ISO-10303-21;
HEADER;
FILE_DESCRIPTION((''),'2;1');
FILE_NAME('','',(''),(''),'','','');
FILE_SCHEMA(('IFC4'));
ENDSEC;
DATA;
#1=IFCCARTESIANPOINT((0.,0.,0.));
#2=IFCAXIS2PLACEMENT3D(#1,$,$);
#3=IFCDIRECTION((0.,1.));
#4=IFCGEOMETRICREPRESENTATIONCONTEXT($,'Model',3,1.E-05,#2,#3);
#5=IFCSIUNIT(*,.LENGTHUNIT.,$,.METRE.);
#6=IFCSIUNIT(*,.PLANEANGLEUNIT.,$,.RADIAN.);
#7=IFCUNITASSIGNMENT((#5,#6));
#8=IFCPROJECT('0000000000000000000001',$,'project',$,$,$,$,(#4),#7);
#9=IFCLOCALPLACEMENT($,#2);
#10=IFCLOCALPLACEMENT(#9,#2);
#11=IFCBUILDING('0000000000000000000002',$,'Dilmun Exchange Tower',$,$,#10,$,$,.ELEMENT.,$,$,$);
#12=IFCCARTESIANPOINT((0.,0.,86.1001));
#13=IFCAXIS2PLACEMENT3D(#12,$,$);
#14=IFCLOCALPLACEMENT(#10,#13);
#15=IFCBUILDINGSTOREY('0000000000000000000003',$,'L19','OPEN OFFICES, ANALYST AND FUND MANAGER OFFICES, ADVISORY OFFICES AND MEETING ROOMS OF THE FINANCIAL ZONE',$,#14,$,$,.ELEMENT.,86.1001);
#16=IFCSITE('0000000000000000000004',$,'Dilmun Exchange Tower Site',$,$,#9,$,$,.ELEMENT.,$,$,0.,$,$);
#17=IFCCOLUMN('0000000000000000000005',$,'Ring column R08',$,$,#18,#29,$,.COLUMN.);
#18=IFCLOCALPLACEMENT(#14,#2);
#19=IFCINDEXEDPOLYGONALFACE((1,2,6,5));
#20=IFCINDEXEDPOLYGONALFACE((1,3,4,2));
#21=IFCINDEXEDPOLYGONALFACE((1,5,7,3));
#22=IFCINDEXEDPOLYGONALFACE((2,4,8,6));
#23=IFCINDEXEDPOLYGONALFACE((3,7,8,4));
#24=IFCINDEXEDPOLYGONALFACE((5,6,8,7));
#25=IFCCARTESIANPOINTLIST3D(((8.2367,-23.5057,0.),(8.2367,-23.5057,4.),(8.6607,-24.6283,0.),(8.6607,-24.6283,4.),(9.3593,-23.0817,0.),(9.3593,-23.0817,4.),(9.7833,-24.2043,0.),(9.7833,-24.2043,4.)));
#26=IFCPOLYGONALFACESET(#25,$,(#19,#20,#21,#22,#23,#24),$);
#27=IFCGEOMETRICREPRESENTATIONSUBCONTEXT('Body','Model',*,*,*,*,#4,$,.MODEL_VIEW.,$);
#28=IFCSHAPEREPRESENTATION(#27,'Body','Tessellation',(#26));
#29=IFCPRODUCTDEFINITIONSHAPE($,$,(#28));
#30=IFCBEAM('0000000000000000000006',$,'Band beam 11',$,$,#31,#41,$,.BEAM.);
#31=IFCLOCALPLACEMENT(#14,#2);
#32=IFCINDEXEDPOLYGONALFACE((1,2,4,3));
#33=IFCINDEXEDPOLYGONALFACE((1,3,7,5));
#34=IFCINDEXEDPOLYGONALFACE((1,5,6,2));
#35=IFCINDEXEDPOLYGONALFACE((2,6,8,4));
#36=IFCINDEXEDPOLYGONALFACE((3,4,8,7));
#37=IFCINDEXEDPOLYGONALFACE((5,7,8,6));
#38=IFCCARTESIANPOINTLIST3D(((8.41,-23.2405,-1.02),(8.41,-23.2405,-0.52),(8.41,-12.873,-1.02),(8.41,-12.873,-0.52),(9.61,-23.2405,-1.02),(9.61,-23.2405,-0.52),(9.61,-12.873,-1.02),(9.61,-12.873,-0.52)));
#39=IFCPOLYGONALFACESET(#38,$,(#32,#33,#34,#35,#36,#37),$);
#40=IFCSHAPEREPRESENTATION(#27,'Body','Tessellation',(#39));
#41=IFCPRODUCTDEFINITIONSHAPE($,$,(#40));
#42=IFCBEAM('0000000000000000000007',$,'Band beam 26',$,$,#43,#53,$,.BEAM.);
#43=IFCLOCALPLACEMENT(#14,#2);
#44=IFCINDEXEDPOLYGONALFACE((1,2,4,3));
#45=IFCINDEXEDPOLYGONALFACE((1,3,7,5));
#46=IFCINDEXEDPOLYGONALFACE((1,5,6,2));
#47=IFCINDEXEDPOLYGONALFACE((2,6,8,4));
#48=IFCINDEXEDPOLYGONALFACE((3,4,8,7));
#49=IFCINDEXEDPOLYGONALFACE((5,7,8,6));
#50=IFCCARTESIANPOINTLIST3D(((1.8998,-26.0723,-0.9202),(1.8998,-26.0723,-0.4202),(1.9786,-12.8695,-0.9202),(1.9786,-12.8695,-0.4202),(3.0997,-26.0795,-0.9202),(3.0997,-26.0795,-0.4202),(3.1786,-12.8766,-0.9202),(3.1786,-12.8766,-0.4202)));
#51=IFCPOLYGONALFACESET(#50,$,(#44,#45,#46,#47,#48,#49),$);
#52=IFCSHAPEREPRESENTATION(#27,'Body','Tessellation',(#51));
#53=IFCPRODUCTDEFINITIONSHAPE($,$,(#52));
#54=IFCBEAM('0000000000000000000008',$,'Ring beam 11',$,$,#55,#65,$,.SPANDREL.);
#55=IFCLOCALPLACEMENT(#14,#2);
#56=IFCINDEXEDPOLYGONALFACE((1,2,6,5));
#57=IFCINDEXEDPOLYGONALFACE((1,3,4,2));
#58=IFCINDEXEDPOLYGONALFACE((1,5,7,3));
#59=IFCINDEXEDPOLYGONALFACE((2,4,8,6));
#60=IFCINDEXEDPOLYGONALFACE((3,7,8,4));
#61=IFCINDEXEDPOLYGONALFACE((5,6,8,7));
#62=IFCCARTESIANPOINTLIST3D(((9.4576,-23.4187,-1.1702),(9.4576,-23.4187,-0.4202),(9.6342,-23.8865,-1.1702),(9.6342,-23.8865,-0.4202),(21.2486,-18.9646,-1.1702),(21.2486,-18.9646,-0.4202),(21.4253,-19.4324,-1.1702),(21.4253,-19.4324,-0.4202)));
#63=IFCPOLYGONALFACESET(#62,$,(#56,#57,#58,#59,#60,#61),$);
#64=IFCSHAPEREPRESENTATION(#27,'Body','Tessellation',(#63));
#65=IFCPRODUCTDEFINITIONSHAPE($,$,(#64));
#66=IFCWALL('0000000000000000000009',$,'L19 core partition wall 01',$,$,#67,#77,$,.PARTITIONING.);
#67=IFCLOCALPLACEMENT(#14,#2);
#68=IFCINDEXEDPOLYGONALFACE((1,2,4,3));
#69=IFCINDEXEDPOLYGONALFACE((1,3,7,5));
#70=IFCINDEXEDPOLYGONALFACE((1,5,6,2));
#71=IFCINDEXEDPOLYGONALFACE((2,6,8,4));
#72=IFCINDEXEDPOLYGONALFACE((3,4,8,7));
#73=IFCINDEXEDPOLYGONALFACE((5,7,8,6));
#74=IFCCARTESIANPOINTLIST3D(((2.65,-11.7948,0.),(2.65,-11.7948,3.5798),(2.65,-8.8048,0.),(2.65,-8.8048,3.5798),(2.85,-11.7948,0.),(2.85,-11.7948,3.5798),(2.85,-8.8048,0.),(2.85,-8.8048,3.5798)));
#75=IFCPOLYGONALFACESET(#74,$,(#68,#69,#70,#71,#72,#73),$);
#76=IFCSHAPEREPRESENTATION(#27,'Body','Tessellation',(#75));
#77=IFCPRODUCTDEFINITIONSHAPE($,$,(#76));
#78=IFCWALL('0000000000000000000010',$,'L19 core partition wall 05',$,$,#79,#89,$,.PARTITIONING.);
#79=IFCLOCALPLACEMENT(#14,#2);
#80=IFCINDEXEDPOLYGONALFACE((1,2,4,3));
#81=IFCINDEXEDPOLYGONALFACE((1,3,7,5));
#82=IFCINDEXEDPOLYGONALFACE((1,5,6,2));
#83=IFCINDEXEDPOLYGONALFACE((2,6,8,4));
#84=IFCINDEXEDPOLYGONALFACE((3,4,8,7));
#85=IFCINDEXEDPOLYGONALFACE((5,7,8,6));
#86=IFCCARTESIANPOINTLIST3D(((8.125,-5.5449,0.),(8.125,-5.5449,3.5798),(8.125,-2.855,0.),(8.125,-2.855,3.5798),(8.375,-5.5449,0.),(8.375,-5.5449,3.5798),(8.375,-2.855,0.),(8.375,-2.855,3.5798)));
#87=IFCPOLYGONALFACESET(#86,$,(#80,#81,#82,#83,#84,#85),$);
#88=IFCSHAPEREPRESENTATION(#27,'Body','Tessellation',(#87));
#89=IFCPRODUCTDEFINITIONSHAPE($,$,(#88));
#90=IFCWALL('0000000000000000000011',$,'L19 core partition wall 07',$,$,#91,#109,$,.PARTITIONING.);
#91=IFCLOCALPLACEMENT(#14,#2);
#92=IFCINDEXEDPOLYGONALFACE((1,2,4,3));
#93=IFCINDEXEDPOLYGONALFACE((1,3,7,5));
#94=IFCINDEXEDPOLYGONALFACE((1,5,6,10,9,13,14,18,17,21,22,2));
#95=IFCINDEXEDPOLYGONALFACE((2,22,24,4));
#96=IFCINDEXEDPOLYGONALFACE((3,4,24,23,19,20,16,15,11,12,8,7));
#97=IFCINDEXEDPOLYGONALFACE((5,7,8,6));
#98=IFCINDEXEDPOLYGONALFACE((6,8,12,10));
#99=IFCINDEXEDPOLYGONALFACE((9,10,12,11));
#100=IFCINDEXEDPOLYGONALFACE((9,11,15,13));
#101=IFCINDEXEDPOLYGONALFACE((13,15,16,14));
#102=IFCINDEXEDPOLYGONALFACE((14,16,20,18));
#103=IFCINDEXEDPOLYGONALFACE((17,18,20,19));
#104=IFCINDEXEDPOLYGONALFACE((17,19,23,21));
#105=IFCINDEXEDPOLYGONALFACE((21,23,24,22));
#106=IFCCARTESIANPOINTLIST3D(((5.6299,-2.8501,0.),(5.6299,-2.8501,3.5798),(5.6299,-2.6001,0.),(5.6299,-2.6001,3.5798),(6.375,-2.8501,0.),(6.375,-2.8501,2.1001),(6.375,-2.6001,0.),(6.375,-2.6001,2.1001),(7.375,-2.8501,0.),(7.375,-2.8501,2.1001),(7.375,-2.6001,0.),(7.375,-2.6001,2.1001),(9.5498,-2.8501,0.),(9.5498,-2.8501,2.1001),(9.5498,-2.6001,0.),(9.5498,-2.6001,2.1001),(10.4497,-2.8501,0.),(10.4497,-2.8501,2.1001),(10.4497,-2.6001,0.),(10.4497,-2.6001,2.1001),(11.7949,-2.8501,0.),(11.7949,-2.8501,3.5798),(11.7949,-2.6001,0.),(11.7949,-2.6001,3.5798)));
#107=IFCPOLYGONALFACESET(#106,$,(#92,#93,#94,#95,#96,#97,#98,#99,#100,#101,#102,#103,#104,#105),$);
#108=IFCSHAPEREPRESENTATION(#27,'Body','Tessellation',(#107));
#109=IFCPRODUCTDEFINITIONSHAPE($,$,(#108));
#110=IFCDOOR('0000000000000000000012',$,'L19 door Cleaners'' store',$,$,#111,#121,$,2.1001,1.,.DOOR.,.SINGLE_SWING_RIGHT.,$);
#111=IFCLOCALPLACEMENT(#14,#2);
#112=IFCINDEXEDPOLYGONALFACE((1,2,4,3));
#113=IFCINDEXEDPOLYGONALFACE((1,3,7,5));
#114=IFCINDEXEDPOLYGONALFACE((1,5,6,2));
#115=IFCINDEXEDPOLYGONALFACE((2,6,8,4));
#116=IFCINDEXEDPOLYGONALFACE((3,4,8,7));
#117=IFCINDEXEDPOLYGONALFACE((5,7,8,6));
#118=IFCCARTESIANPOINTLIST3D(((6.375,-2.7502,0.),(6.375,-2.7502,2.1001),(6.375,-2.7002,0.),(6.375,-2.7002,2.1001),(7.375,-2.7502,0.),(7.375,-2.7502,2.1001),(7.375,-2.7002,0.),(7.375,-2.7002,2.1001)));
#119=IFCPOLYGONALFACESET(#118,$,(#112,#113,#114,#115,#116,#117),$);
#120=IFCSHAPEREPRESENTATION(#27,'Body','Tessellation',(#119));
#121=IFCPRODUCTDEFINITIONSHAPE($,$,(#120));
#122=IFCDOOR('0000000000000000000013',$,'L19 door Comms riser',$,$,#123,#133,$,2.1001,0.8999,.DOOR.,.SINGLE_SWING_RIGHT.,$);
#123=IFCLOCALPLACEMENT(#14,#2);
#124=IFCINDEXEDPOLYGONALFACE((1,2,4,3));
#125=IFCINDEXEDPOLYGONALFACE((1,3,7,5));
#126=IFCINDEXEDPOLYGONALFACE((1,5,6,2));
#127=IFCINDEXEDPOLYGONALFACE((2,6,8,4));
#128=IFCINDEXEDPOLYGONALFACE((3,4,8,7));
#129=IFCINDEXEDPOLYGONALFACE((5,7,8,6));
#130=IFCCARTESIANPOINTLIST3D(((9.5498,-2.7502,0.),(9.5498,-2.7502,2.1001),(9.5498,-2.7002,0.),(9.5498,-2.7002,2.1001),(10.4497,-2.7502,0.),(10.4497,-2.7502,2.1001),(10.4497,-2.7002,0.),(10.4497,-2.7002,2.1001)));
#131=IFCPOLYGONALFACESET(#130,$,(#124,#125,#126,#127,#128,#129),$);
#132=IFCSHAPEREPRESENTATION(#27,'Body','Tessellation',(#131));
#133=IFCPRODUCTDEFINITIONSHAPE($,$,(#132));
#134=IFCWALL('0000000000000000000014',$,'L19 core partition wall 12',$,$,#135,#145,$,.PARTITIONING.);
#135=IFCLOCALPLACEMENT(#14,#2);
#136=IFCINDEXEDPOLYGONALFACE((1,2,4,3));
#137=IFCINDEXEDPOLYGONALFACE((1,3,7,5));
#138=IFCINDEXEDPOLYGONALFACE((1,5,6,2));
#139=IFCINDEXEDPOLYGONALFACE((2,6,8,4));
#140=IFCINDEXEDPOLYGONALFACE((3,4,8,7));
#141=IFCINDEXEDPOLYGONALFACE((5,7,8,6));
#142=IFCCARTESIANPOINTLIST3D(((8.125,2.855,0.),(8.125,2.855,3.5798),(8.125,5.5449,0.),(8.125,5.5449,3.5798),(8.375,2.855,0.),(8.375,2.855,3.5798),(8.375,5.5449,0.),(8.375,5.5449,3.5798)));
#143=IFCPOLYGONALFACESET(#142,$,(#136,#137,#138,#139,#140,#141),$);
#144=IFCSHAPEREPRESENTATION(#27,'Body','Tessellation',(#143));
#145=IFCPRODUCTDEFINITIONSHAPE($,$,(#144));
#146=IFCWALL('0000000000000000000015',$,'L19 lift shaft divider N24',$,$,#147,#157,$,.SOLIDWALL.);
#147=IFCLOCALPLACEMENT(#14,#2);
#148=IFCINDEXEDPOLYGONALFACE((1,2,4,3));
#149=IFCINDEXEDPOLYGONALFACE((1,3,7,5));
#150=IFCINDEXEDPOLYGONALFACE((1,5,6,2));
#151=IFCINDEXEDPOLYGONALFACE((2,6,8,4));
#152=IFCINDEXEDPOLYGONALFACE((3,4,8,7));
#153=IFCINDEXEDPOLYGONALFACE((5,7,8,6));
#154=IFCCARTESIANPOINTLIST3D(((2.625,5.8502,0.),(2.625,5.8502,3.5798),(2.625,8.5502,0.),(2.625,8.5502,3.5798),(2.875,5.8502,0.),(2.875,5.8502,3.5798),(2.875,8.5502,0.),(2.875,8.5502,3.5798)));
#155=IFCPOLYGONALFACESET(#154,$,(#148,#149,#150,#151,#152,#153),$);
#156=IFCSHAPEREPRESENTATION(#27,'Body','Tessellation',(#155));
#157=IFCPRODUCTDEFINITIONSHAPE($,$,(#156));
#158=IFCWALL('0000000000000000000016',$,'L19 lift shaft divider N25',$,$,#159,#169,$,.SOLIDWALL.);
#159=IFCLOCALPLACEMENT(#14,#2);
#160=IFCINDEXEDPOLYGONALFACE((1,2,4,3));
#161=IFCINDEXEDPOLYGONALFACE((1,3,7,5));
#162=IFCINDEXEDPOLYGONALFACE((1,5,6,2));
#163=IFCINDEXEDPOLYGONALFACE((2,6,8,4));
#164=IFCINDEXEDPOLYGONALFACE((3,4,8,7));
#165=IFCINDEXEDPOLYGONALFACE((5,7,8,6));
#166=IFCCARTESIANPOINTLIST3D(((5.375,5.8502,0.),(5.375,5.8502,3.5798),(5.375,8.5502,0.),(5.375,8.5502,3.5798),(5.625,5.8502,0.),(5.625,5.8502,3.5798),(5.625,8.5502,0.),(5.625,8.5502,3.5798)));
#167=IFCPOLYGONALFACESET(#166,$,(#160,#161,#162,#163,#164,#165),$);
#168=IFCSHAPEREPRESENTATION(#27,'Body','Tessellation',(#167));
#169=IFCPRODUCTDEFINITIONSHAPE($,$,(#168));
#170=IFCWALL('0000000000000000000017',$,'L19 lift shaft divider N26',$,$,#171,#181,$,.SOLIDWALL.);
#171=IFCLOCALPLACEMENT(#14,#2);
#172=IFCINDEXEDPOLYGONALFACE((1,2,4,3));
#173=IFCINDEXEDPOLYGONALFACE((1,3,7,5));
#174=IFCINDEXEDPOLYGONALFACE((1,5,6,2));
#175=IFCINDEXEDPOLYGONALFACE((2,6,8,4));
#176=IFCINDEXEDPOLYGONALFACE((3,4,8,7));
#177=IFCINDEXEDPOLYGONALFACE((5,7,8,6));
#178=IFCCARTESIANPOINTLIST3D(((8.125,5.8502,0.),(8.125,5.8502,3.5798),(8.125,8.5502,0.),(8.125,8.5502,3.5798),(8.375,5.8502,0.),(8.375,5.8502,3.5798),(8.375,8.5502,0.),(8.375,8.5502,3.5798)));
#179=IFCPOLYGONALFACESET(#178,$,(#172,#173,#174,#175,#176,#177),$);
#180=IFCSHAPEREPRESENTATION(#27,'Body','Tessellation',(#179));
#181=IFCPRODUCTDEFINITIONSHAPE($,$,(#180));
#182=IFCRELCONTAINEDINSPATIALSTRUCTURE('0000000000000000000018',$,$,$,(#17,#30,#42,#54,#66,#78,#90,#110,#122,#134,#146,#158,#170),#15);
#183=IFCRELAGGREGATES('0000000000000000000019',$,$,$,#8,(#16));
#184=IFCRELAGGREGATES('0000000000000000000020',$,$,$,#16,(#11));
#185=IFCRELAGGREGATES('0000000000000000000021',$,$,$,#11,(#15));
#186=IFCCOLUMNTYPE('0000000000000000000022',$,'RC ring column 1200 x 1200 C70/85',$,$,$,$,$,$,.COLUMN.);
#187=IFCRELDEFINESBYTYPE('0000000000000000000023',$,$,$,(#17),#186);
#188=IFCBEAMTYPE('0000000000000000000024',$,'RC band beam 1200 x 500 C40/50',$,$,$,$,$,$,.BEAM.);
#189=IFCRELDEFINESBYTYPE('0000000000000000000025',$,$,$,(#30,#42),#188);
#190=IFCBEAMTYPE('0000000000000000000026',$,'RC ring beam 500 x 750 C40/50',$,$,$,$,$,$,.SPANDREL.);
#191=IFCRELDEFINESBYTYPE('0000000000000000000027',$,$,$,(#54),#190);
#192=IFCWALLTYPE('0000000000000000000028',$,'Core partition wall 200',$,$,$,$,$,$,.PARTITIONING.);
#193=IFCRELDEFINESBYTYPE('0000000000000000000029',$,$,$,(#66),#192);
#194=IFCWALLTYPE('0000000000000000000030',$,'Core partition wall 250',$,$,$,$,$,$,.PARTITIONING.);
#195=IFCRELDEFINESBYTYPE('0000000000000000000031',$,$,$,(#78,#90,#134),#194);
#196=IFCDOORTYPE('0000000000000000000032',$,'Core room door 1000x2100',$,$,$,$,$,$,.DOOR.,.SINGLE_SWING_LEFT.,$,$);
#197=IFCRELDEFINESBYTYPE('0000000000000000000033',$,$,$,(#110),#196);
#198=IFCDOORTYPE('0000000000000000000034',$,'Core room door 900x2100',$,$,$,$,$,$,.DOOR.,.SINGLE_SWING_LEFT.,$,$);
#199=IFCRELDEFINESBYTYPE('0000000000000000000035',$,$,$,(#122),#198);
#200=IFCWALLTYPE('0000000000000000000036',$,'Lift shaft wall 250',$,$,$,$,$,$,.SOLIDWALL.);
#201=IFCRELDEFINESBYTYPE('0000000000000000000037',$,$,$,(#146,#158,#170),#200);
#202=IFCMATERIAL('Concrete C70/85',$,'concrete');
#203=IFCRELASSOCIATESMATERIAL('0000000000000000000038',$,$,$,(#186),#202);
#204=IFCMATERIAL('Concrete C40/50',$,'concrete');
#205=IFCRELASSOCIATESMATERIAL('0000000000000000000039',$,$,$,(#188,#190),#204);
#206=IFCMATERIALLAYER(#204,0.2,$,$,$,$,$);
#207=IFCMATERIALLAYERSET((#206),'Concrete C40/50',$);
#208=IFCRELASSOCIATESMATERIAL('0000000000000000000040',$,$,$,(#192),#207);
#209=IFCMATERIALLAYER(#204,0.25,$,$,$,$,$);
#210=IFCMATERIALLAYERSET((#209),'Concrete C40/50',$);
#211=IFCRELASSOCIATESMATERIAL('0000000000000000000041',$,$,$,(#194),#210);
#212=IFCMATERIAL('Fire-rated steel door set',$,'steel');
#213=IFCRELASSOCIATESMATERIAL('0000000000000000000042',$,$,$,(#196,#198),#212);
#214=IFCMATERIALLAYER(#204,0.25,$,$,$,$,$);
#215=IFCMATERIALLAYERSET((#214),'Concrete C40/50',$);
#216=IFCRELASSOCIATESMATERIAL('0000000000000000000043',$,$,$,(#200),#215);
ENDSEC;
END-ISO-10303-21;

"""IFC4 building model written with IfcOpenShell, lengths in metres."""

from ifc_helpers import new_model, si_unit, direction, frame, frame_2d, origin, origin_2d, place, context, subcontext, project, spatial, rectangle, extrude, material, layer, layer_set, material_profile, profile_set, type_object, element, fill, save


model = new_model("IFC4")

# Units and contexts
model_context = context("Model", 3, precision=1e-05, world=origin(), true_north=direction((0.0, 1.0)))
body_context = subcontext(model_context, "Body", "Model", "MODEL_VIEW")
ifc_project = project(units=[si_unit("LENGTHUNIT", "METRE"), si_unit("PLANEANGLEUNIT", "RADIAN")], contexts=[model_context])

# Site, building, storey
site_placement = place(None, origin())
site = spatial("IfcSite", under=ifc_project, at=site_placement, Name="Dilmun Exchange Tower Site", CompositionType="ELEMENT", RefElevation=0.0)
building_placement = place(site_placement, origin())
building = spatial("IfcBuilding", under=site, at=building_placement, Name="Dilmun Exchange Tower", CompositionType="ELEMENT")
storey_placement = place(building_placement, frame((0.0, 0.0, 86.1001)))
storey = spatial("IfcBuildingStorey", under=building, at=storey_placement, Name="L19", Description="OPEN OFFICES, ANALYST AND FUND MANAGER OFFICES, ADVISORY OFFICES AND MEETING ROOMS OF THE FINANCIAL ZONE", CompositionType="ELEMENT", Elevation=86.1001)

# Column
ifc_material_1 = material(Name="Concrete C70/85", Category="concrete")
ifc_material_profile_1 = material_profile(ifc_material_1, rectangle(XDim=1.2, YDim=1.2, at=origin_2d()), Name="1200 x 1200")
ifc_profile_set_1 = profile_set([ifc_material_profile_1], Name="Concrete C70/85")
column_type = type_object("IfcColumnType", Name="RC ring column 1200 x 1200 C70/85", PredefinedType="COLUMN", material=ifc_profile_set_1)
column_placement = place(storey_placement, frame((9.01, -23.855, 0.0), z_axis=(0.0, 0.0, 1.0), x_axis=(0.935492, 0.353349, 0.0)))
element("IfcColumn", 1, at=column_placement, inside=storey, type_object=column_type, Name="Ring column R08", PredefinedType="COLUMN", context=body_context, shape_type="SweptSolid", body=[
    extrude(rectangle(XDim=1.2, YDim=1.2, at=origin_2d()), origin(), (0.0, 0.0, 1.0), 4.0),
])

# Beams
ifc_material_2 = material(Name="Concrete C40/50", Category="concrete")
ifc_material_profile_2 = material_profile(ifc_material_2, rectangle(XDim=1.2, YDim=0.5, at=origin_2d()), Name="1200 x 500")
ifc_profile_set_2 = profile_set([ifc_material_profile_2], Name="Concrete C40/50")
beam_type_1 = type_object("IfcBeamType", Name="RC band beam 1200 x 500 C40/50", PredefinedType="BEAM", material=ifc_profile_set_2)
beam_1_placement = place(storey_placement, frame((9.01, -23.2405, -0.77), z_axis=(0.0, 1.0, 0.0), x_axis=(-1.0, 0.0, 0.0)))
element("IfcBeam", 2, at=beam_1_placement, inside=storey, type_object=beam_type_1, Name="Band beam 11", PredefinedType="BEAM", context=body_context, shape_type="SweptSolid", body=[
    extrude(rectangle(XDim=1.2, YDim=0.5, at=origin_2d()), origin(), (0.0, 0.0, 1.0), 10.3674),
])
beam_2_placement = place(storey_placement, frame((2.4998, -26.0759, -0.6702), z_axis=(0.005973, 0.999982, 0.0), x_axis=(-0.999982, 0.005973, 0.0)))
element("IfcBeam", 3, at=beam_2_placement, inside=storey, type_object=beam_type_1, Name="Band beam 26", PredefinedType="BEAM", context=body_context, shape_type="SweptSolid", body=[
    extrude(rectangle(XDim=1.2, YDim=0.5, at=origin_2d()), origin(), (0.0, 0.0, 1.0), 13.2031),
])
ifc_material_profile_3 = material_profile(ifc_material_2, rectangle(XDim=0.5, YDim=0.75, at=origin_2d()), Name="500 x 750")
ifc_profile_set_3 = profile_set([ifc_material_profile_3], Name="Concrete C40/50")
beam_type_2 = type_object("IfcBeamType", Name="RC ring beam 500 x 750 C40/50", PredefinedType="SPANDREL", material=ifc_profile_set_3)
beam_3_placement = place(storey_placement, frame((9.5459, -23.6526, -0.7952), z_axis=(0.935479, 0.353381, 0.0), x_axis=(-0.353381, 0.935479, 0.0)))
element("IfcBeam", 4, at=beam_3_placement, inside=storey, type_object=beam_type_2, Name="Ring beam 11", PredefinedType="SPANDREL", context=body_context, shape_type="SweptSolid", body=[
    extrude(rectangle(XDim=0.5, YDim=0.75, at=origin_2d()), origin(), (0.0, 0.0, 1.0), 12.6042),
])

# Walls
ifc_layer_1 = layer(ifc_material_2, 0.2)
ifc_layer_set_1 = layer_set([ifc_layer_1], Name="Concrete C40/50")
wall_type_1 = type_object("IfcWallType", Name="Core partition wall 200", PredefinedType="PARTITIONING", material=ifc_layer_set_1)
wall_1_placement = place(storey_placement, frame((2.75, -11.7949, 0.0), z_axis=(0.0, 0.0, 1.0), x_axis=(0.0, 1.0, 0.0)))
element("IfcWall", 5, at=wall_1_placement, inside=storey, type_object=wall_type_1, Name="L19 core partition wall 01", PredefinedType="PARTITIONING", context=body_context, shape_type="SweptSolid", body=[
    extrude(rectangle(XDim=2.99, YDim=0.2, at=frame_2d((1.4951, 0.0))), origin(), (0.0, 0.0, 1.0), 3.5798),
])
ifc_layer_2 = layer(ifc_material_2, 0.25)
ifc_layer_set_2 = layer_set([ifc_layer_2], Name="Concrete C40/50")
wall_type_2 = type_object("IfcWallType", Name="Core partition wall 250", PredefinedType="PARTITIONING", material=ifc_layer_set_2)
wall_2_placement = place(storey_placement, frame((8.25, -5.5449, 0.0), z_axis=(0.0, 0.0, 1.0), x_axis=(0.0, 1.0, 0.0)))
element("IfcWall", 6, at=wall_2_placement, inside=storey, type_object=wall_type_2, Name="L19 core partition wall 05", PredefinedType="PARTITIONING", context=body_context, shape_type="SweptSolid", body=[
    extrude(rectangle(XDim=2.6899, YDim=0.25, at=frame_2d((1.345, 0.0))), origin(), (0.0, 0.0, 1.0), 3.5798),
])

# Wall, openings, doors
wall_3_placement = place(storey_placement, frame((5.6299, -2.7251, 0.0), z_axis=(0.0, 0.0, 1.0), x_axis=(1.0, 0.0, 0.0)))
wall_3 = element("IfcWall", 7, at=wall_3_placement, inside=storey, type_object=wall_type_2, Name="L19 core partition wall 07", PredefinedType="PARTITIONING", context=body_context, shape_type="SweptSolid", body=[
    extrude(rectangle(XDim=6.165, YDim=0.25, at=frame_2d((3.0825, 0.0))), origin(), (0.0, 0.0, 1.0), 3.5798),
])
opening_1_placement = place(wall_3_placement, frame((0.7451, 0.0, 0.0)))
opening_1 = element("IfcOpeningElement", 8, at=opening_1_placement, cuts=wall_3, PredefinedType="OPENING", context=body_context, shape_type="SweptSolid", body=[
    extrude(rectangle(XDim=1.0, YDim=2.1001, at=frame_2d((0.5, 1.05))), frame((0.0, 0.135, 0.0), z_axis=(0.0, -1.0, 0.0), x_axis=(1.0, 0.0, 0.0)), (0.0, 0.0, 1.0), 0.27),
])
opening_2_placement = place(wall_3_placement, frame((3.9199, 0.0, 0.0)))
opening_2 = element("IfcOpeningElement", 9, at=opening_2_placement, cuts=wall_3, PredefinedType="OPENING", context=body_context, shape_type="SweptSolid", body=[
    extrude(rectangle(XDim=0.8999, YDim=2.1001, at=frame_2d((0.45, 1.05))), frame((0.0, 0.135, 0.0), z_axis=(0.0, -1.0, 0.0), x_axis=(1.0, 0.0, 0.0)), (0.0, 0.0, 1.0), 0.27),
])
ifc_material_3 = material(Name="Fire-rated steel door set", Category="steel")
door_type_1 = type_object("IfcDoorType", Name="Core room door 1000x2100", OperationType="SINGLE_SWING_LEFT", PredefinedType="DOOR", material=ifc_material_3)
door_1_placement = place(opening_1_placement, origin())
door_1 = element("IfcDoor", 10, at=door_1_placement, inside=storey, type_object=door_type_1, Name="L19 door Cleaners' store", OperationType="SINGLE_SWING_RIGHT", OverallHeight=2.1001, OverallWidth=1.0, PredefinedType="DOOR", context=body_context, shape_type="SweptSolid", body=[
    extrude(rectangle(XDim=1.0, YDim=2.1001, at=frame_2d((0.5, 1.05))), frame((0.0, 0.0249, 0.0), z_axis=(0.0, -1.0, 0.0), x_axis=(1.0, 0.0, 0.0)), (0.0, 0.0, 1.0), 0.05),
])
fill(opening_1, door_1)
door_type_2 = type_object("IfcDoorType", Name="Core room door 900x2100", OperationType="SINGLE_SWING_LEFT", PredefinedType="DOOR", material=ifc_material_3)
door_2_placement = place(opening_2_placement, origin())
door_2 = element("IfcDoor", 11, at=door_2_placement, inside=storey, type_object=door_type_2, Name="L19 door Comms riser", OperationType="SINGLE_SWING_RIGHT", OverallHeight=2.1001, OverallWidth=0.8999, PredefinedType="DOOR", context=body_context, shape_type="SweptSolid", body=[
    extrude(rectangle(XDim=0.8999, YDim=2.1001, at=frame_2d((0.45, 1.05))), frame((0.0, 0.0249, 0.0), z_axis=(0.0, -1.0, 0.0), x_axis=(1.0, 0.0, 0.0)), (0.0, 0.0, 1.0), 0.05),
])
fill(opening_2, door_2)

# Walls
wall_4_placement = place(storey_placement, frame((8.25, 2.855, 0.0), z_axis=(0.0, 0.0, 1.0), x_axis=(0.0, 1.0, 0.0)))
element("IfcWall", 12, at=wall_4_placement, inside=storey, type_object=wall_type_2, Name="L19 core partition wall 12", PredefinedType="PARTITIONING", context=body_context, shape_type="SweptSolid", body=[
    extrude(rectangle(XDim=2.6899, YDim=0.25, at=frame_2d((1.345, 0.0))), origin(), (0.0, 0.0, 1.0), 3.5798),
])
ifc_layer_3 = layer(ifc_material_2, 0.25)
ifc_layer_set_3 = layer_set([ifc_layer_3], Name="Concrete C40/50")
wall_type_3 = type_object("IfcWallType", Name="Lift shaft wall 250", PredefinedType="SOLIDWALL", material=ifc_layer_set_3)
for number, where, z_axis, x_axis, name in (
    (13, (2.75, 5.8501, 0.0), (0.0, 0.0, 1.0), (0.0, 1.0, 0.0), "L19 lift shaft divider N24"),
    (14, (5.5, 5.8501, 0.0), (0.0, 0.0, 1.0), (0.0, 1.0, 0.0), "L19 lift shaft divider N25"),
    (15, (8.25, 5.8501, 0.0), (0.0, 0.0, 1.0), (0.0, 1.0, 0.0), "L19 lift shaft divider N26"),
):
    element("IfcWall", number, at=place(storey_placement, frame(where, z_axis=z_axis, x_axis=x_axis)), inside=storey, type_object=wall_type_3, Name=name, PredefinedType="SOLIDWALL", context=body_context, shape_type="SweptSolid", body=[
        extrude(rectangle(XDim=2.7, YDim=0.25, at=frame_2d((1.3501, 0.0))), origin(), (0.0, 0.0, 1.0), 3.5798),
    ])

save(model, "model.ifc")
